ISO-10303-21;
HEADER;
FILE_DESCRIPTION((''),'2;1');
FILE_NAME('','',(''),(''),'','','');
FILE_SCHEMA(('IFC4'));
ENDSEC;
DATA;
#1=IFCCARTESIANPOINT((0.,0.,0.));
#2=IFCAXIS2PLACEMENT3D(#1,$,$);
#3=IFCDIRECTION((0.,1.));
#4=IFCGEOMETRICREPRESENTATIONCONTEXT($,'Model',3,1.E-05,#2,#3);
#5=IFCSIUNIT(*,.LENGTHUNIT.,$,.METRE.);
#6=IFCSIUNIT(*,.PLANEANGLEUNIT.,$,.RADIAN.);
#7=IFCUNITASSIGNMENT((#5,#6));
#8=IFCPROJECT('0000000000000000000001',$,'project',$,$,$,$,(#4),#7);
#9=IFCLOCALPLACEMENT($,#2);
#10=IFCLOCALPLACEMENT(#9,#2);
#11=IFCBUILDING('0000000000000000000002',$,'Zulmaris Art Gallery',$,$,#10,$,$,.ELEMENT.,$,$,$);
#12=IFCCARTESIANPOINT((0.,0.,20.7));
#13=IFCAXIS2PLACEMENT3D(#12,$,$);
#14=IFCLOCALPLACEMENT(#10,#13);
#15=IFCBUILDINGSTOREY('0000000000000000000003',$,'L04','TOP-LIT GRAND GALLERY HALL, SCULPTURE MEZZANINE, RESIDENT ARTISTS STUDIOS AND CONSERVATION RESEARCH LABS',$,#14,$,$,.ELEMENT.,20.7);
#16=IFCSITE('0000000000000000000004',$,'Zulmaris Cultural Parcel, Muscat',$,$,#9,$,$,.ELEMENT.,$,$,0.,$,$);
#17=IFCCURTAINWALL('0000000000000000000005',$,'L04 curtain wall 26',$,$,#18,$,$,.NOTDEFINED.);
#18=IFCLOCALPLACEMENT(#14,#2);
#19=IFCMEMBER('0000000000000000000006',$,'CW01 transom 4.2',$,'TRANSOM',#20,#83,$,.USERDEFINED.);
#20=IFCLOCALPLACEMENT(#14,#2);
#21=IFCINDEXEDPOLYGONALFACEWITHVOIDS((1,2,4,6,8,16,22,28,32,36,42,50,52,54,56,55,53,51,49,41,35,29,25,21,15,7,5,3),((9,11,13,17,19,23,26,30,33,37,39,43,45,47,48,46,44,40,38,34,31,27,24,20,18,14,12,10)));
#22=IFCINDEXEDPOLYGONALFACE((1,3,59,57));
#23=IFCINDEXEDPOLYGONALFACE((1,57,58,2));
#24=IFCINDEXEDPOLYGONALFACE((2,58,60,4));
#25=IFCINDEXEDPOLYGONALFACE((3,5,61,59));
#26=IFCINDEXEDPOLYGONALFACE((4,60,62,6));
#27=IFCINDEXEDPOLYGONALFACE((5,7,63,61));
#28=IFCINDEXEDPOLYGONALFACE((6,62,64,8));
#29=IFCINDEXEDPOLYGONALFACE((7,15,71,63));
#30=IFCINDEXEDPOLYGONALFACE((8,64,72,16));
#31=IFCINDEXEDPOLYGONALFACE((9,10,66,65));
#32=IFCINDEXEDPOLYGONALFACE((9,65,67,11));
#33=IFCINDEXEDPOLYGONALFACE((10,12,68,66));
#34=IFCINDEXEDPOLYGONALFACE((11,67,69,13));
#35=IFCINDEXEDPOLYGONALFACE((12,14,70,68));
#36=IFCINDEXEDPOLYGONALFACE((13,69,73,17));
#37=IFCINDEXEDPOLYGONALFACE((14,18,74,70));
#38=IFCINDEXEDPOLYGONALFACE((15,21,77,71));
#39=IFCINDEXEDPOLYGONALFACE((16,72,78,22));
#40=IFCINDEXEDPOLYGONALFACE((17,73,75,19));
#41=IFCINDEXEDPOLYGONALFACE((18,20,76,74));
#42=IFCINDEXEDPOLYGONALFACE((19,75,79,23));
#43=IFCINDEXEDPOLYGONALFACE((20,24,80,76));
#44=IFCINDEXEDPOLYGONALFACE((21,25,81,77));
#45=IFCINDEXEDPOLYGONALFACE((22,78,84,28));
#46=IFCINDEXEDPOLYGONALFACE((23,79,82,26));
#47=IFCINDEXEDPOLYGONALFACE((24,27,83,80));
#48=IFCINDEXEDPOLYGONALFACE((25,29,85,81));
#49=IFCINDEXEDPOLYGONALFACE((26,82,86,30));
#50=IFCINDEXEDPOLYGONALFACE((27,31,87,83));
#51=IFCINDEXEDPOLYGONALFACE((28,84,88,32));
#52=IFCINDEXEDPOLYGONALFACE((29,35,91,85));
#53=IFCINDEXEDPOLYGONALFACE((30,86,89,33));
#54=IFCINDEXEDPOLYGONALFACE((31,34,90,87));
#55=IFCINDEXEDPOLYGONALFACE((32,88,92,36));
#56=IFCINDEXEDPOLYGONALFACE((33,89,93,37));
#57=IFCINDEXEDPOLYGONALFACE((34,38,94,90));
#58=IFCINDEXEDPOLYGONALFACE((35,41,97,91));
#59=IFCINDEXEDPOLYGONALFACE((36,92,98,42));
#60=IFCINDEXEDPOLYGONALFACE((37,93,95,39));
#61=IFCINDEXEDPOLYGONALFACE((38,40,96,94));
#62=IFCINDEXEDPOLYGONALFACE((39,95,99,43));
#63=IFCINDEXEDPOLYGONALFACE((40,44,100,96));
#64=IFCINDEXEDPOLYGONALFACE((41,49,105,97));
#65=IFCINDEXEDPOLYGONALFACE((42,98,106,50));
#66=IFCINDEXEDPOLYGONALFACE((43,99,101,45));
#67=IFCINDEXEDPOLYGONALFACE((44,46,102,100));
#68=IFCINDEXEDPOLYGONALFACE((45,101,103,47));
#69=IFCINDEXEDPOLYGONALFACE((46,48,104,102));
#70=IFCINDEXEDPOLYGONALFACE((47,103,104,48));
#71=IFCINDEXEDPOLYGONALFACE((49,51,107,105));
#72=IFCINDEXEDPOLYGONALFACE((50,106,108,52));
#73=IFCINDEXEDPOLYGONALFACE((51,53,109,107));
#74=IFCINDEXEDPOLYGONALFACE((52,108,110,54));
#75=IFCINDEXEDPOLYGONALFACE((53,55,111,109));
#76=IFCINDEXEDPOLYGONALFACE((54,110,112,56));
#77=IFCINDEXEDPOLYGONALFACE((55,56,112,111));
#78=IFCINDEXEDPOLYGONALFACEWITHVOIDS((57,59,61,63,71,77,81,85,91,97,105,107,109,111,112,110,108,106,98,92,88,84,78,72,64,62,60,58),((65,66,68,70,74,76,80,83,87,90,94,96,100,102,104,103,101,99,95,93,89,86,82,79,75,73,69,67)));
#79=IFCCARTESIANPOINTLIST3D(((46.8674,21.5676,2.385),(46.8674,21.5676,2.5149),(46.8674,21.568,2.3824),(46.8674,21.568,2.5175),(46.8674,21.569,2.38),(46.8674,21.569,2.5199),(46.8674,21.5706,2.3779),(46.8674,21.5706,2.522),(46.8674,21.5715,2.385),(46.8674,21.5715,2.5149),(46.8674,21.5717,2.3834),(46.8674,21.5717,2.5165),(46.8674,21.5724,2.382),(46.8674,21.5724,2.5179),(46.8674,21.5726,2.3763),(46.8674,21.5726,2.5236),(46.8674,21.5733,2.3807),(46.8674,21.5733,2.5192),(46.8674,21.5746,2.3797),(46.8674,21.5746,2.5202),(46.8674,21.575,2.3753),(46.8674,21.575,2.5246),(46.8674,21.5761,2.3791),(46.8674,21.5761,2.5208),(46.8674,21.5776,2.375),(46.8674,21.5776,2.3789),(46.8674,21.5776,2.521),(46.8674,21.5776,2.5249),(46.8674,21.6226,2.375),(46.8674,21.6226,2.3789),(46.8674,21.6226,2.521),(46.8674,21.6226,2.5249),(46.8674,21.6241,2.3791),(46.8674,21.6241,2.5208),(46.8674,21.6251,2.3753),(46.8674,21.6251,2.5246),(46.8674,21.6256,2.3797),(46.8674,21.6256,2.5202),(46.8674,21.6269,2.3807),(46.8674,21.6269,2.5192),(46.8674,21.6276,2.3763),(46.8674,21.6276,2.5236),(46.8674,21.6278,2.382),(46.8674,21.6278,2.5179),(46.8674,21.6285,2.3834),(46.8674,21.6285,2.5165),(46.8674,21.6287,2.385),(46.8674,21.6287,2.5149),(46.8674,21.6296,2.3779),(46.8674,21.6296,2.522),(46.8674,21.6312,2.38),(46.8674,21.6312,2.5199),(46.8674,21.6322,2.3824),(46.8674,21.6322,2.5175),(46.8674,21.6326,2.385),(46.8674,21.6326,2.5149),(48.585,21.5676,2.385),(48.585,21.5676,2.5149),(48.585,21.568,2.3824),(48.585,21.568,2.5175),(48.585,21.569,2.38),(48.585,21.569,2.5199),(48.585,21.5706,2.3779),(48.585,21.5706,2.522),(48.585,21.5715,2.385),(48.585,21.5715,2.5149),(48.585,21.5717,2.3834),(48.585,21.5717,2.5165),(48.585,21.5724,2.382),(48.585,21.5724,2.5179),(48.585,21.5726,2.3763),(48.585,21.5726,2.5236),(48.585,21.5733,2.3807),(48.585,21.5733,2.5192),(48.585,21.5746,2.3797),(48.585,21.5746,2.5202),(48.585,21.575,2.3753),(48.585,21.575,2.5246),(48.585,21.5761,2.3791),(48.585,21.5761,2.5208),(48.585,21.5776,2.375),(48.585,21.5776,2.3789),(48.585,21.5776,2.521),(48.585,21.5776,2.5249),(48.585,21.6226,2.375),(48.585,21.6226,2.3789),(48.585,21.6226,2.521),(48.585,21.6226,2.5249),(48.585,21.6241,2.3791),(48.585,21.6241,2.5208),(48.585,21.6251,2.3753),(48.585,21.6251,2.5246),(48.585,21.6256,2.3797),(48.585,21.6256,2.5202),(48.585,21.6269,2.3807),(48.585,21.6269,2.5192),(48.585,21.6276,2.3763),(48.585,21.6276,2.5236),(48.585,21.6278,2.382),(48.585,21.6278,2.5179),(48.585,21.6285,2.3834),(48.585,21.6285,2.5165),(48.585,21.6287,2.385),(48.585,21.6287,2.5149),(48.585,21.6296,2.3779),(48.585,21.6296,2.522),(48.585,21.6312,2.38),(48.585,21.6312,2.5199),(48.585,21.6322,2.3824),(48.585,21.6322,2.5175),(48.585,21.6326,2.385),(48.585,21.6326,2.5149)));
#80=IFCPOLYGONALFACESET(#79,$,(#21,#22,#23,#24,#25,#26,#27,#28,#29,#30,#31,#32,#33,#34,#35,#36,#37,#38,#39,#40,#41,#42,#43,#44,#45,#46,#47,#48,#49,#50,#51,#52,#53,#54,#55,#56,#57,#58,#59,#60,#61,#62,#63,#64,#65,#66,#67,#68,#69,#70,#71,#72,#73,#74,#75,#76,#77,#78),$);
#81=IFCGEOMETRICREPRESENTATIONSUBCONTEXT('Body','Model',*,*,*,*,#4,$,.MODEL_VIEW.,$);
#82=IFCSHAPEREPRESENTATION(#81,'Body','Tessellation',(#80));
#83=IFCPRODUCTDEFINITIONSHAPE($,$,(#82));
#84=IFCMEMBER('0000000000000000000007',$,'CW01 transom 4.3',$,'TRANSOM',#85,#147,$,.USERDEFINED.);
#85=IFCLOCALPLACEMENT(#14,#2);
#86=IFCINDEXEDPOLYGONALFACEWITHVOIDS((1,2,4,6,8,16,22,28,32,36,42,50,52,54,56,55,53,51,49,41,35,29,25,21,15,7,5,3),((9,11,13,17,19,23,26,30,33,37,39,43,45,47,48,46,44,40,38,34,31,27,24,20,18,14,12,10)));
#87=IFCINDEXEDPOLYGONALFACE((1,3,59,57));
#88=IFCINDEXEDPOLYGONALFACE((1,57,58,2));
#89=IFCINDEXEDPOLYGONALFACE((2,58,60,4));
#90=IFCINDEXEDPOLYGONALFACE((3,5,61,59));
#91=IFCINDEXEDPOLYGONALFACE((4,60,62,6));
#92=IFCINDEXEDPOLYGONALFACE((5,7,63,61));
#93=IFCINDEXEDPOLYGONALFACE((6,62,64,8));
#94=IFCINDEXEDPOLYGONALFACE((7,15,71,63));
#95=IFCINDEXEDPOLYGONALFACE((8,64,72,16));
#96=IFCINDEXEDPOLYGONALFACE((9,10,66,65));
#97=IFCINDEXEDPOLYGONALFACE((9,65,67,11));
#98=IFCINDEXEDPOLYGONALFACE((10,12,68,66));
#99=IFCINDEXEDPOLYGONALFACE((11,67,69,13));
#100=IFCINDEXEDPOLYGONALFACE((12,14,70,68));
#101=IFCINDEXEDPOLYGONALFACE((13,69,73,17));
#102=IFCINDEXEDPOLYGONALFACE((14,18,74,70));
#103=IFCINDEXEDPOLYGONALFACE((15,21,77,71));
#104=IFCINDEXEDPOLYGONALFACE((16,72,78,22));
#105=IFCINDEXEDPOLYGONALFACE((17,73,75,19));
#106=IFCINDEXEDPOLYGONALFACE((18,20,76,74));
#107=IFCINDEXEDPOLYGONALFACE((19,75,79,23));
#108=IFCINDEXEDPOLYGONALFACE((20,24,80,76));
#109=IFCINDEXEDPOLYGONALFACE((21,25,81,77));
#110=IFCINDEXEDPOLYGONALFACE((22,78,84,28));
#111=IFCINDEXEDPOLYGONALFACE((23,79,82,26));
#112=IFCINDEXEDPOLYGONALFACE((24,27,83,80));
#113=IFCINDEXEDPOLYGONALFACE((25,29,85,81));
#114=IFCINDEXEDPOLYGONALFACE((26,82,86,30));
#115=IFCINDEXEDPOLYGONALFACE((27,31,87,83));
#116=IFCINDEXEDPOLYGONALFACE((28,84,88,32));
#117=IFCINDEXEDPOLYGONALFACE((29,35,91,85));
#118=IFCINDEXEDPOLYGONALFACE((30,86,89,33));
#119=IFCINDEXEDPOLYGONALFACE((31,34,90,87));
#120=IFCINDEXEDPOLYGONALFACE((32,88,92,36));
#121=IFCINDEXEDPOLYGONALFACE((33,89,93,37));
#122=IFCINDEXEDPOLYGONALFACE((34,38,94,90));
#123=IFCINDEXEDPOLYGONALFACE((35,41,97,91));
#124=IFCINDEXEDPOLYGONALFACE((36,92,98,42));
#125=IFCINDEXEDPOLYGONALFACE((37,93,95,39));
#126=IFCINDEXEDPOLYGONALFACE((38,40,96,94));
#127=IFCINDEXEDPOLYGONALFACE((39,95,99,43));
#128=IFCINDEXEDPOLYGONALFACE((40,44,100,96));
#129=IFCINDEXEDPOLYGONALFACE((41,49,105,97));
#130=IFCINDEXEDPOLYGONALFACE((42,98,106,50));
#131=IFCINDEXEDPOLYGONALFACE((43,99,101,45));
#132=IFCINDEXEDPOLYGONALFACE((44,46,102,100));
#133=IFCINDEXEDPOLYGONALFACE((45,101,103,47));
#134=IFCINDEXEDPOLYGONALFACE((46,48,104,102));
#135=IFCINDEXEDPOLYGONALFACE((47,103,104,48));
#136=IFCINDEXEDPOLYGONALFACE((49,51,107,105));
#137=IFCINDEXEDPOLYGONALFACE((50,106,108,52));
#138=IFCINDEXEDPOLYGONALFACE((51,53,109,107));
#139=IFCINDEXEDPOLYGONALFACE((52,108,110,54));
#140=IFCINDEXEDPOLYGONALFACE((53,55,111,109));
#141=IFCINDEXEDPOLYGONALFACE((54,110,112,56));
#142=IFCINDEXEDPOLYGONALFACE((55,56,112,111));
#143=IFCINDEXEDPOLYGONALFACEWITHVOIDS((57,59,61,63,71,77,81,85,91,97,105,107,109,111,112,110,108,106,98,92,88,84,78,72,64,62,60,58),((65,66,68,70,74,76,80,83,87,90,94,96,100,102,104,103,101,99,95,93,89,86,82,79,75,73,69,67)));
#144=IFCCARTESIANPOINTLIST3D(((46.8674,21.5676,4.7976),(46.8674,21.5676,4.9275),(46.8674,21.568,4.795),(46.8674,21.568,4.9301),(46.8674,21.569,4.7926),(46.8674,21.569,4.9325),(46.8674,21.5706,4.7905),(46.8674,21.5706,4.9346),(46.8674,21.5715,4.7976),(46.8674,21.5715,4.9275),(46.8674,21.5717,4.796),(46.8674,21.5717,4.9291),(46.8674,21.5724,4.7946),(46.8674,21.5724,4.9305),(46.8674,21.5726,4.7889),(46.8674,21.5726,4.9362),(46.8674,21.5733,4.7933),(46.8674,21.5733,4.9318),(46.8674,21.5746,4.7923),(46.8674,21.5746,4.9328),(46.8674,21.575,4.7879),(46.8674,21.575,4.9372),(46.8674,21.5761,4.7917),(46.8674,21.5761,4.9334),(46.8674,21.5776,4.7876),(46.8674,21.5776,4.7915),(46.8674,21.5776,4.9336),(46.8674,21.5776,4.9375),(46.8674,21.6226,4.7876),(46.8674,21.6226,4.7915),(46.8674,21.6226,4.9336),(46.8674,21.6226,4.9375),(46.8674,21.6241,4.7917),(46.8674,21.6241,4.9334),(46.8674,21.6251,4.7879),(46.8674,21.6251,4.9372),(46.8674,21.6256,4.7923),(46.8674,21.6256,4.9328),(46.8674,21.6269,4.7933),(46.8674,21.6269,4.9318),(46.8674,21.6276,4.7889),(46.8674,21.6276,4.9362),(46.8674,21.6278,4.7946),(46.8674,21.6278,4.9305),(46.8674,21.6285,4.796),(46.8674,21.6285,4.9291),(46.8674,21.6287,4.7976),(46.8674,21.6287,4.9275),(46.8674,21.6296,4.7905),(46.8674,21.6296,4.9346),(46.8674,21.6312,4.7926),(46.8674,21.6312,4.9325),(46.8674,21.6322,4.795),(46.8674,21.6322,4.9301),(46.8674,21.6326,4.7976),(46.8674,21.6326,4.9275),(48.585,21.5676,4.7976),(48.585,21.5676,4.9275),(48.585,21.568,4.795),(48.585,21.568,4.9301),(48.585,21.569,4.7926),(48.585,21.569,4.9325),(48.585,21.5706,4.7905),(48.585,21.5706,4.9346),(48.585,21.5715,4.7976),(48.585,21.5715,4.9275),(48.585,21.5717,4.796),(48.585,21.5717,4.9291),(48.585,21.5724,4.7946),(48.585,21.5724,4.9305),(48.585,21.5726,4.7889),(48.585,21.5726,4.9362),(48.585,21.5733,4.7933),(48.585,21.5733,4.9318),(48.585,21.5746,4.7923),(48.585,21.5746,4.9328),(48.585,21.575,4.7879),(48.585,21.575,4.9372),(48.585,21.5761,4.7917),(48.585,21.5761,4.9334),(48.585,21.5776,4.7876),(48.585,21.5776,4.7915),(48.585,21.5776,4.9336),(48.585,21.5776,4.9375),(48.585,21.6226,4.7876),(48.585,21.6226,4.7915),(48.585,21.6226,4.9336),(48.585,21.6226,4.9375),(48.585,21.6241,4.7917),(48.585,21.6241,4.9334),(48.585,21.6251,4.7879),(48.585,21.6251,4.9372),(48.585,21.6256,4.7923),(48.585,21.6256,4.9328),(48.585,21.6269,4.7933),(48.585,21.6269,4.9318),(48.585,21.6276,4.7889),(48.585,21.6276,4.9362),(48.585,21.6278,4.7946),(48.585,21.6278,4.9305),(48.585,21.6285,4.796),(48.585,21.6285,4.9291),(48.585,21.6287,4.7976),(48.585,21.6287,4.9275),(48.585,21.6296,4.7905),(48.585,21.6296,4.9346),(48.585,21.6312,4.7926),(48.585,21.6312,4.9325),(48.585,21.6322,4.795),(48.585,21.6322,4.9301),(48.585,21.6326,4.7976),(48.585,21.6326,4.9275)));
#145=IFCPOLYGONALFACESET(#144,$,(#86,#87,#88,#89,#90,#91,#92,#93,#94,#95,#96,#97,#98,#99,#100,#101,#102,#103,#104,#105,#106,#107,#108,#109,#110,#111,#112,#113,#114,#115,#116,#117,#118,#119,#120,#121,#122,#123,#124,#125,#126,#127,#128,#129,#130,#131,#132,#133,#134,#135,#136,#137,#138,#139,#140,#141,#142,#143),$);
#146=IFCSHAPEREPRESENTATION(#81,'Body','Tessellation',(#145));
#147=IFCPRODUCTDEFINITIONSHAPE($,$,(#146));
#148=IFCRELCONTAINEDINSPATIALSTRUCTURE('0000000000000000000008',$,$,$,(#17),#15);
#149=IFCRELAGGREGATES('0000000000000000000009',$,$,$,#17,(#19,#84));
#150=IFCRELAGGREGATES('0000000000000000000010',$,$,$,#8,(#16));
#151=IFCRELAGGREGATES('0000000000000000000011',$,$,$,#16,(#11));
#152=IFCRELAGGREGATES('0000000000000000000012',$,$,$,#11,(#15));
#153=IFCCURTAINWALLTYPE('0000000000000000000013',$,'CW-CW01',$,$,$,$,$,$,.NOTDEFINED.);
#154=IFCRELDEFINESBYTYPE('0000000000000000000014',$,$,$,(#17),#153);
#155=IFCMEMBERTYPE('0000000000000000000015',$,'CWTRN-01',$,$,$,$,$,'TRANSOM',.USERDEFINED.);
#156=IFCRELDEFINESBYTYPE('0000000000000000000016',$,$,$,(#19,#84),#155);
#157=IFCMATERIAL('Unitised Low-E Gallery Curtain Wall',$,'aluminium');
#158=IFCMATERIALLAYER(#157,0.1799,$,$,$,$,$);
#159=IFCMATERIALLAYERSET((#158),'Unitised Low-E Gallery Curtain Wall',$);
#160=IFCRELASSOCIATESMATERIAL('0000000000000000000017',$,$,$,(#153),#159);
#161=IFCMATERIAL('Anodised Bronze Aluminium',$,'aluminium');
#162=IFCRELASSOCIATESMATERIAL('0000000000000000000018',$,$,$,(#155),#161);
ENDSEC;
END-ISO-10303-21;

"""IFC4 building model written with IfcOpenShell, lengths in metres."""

from ifc_helpers import new_model, si_unit, direction, frame, origin, origin_2d, place, context, subcontext, project, spatial, hollow_rectangle, extrude, material, layer, layer_set, material_profile, profile_set, type_object, element, aggregate, save


model = new_model("IFC4")

# Units and contexts
model_context = context("Model", 3, precision=1e-05, world=origin(), true_north=direction((0.0, 1.0)))
body_context = subcontext(model_context, "Body", "Model", "MODEL_VIEW")
ifc_project = project(units=[si_unit("LENGTHUNIT", "METRE"), si_unit("PLANEANGLEUNIT", "RADIAN")], contexts=[model_context])

# Site, building, storey
site_placement = place(None, origin())
site = spatial("IfcSite", under=ifc_project, at=site_placement, Name="Zulmaris Cultural Parcel, Muscat", CompositionType="ELEMENT", RefElevation=0.0)
building_placement = place(site_placement, origin())
building = spatial("IfcBuilding", under=site, at=building_placement, Name="Zulmaris Art Gallery", CompositionType="ELEMENT")
storey_placement = place(building_placement, frame((0.0, 0.0, 20.7)))
storey = spatial("IfcBuildingStorey", under=building, at=storey_placement, Name="L04", Description="TOP-LIT GRAND GALLERY HALL, SCULPTURE MEZZANINE, RESIDENT ARTISTS STUDIOS AND CONSERVATION RESEARCH LABS", CompositionType="ELEMENT", Elevation=20.7)

# Curtain wall
ifc_material_1 = material(Name="Unitised Low-E Gallery Curtain Wall", Category="aluminium")
ifc_layer_1 = layer(ifc_material_1, 0.1799)
ifc_layer_set_1 = layer_set([ifc_layer_1], Name="Unitised Low-E Gallery Curtain Wall")
curtain_wall_type_1 = type_object("IfcCurtainWallType", Name="CW-CW01", PredefinedType="NOTDEFINED", material=ifc_layer_set_1)
curtain_wall_1_placement = place(storey_placement, origin())
curtain_wall_1 = element("IfcCurtainWall", 1, at=curtain_wall_1_placement, inside=storey, type_object=curtain_wall_type_1, Name="L04 curtain wall 26", PredefinedType="NOTDEFINED")
ifc_material_2 = material(Name="Anodised Bronze Aluminium", Category="aluminium")

# Members
ifc_material_profile_1 = material_profile(ifc_material_2, hollow_rectangle(XDim=0.0649, YDim=0.1499, WallThickness=0.0039, InnerFilletRadius=0.0061, OuterFilletRadius=0.01, at=origin_2d()), Name="ALU 65x150x4")
ifc_profile_set_1 = profile_set([ifc_material_profile_1], Name="Anodised Bronze Aluminium")
member_type_1 = type_object("IfcMemberType", Name="CWTRN-01", ElementType="TRANSOM", PredefinedType="USERDEFINED", material=ifc_profile_set_1)
member_1_placement = place(storey_placement, frame((46.8674, 21.6001, 2.45), z_axis=(1.0, 0.0, 0.0), x_axis=(0.0, 1.0, 0.0)))
member_1 = element("IfcMember", 2, at=member_1_placement, type_object=member_type_1, Name="CW01 transom 4.2", ObjectType="TRANSOM", PredefinedType="USERDEFINED", context=body_context, shape_type="SweptSolid", body=[
    extrude(hollow_rectangle(XDim=0.0649, YDim=0.1499, WallThickness=0.0039, InnerFilletRadius=0.0061, OuterFilletRadius=0.01, at=origin_2d()), origin(), (0.0, 0.0, 1.0), 1.7175),
])
member_2_placement = place(storey_placement, frame((46.8674, 21.6001, 4.8625), z_axis=(1.0, 0.0, 0.0), x_axis=(0.0, 1.0, 0.0)))
member_2 = element("IfcMember", 3, at=member_2_placement, type_object=member_type_1, Name="CW01 transom 4.3", ObjectType="TRANSOM", PredefinedType="USERDEFINED", context=body_context, shape_type="SweptSolid", body=[
    extrude(hollow_rectangle(XDim=0.0649, YDim=0.1499, WallThickness=0.0039, InnerFilletRadius=0.0061, OuterFilletRadius=0.01, at=origin_2d()), origin(), (0.0, 0.0, 1.0), 1.7175),
])

aggregate(curtain_wall_1, [member_1, member_2])

save(model, "model.ifc")
